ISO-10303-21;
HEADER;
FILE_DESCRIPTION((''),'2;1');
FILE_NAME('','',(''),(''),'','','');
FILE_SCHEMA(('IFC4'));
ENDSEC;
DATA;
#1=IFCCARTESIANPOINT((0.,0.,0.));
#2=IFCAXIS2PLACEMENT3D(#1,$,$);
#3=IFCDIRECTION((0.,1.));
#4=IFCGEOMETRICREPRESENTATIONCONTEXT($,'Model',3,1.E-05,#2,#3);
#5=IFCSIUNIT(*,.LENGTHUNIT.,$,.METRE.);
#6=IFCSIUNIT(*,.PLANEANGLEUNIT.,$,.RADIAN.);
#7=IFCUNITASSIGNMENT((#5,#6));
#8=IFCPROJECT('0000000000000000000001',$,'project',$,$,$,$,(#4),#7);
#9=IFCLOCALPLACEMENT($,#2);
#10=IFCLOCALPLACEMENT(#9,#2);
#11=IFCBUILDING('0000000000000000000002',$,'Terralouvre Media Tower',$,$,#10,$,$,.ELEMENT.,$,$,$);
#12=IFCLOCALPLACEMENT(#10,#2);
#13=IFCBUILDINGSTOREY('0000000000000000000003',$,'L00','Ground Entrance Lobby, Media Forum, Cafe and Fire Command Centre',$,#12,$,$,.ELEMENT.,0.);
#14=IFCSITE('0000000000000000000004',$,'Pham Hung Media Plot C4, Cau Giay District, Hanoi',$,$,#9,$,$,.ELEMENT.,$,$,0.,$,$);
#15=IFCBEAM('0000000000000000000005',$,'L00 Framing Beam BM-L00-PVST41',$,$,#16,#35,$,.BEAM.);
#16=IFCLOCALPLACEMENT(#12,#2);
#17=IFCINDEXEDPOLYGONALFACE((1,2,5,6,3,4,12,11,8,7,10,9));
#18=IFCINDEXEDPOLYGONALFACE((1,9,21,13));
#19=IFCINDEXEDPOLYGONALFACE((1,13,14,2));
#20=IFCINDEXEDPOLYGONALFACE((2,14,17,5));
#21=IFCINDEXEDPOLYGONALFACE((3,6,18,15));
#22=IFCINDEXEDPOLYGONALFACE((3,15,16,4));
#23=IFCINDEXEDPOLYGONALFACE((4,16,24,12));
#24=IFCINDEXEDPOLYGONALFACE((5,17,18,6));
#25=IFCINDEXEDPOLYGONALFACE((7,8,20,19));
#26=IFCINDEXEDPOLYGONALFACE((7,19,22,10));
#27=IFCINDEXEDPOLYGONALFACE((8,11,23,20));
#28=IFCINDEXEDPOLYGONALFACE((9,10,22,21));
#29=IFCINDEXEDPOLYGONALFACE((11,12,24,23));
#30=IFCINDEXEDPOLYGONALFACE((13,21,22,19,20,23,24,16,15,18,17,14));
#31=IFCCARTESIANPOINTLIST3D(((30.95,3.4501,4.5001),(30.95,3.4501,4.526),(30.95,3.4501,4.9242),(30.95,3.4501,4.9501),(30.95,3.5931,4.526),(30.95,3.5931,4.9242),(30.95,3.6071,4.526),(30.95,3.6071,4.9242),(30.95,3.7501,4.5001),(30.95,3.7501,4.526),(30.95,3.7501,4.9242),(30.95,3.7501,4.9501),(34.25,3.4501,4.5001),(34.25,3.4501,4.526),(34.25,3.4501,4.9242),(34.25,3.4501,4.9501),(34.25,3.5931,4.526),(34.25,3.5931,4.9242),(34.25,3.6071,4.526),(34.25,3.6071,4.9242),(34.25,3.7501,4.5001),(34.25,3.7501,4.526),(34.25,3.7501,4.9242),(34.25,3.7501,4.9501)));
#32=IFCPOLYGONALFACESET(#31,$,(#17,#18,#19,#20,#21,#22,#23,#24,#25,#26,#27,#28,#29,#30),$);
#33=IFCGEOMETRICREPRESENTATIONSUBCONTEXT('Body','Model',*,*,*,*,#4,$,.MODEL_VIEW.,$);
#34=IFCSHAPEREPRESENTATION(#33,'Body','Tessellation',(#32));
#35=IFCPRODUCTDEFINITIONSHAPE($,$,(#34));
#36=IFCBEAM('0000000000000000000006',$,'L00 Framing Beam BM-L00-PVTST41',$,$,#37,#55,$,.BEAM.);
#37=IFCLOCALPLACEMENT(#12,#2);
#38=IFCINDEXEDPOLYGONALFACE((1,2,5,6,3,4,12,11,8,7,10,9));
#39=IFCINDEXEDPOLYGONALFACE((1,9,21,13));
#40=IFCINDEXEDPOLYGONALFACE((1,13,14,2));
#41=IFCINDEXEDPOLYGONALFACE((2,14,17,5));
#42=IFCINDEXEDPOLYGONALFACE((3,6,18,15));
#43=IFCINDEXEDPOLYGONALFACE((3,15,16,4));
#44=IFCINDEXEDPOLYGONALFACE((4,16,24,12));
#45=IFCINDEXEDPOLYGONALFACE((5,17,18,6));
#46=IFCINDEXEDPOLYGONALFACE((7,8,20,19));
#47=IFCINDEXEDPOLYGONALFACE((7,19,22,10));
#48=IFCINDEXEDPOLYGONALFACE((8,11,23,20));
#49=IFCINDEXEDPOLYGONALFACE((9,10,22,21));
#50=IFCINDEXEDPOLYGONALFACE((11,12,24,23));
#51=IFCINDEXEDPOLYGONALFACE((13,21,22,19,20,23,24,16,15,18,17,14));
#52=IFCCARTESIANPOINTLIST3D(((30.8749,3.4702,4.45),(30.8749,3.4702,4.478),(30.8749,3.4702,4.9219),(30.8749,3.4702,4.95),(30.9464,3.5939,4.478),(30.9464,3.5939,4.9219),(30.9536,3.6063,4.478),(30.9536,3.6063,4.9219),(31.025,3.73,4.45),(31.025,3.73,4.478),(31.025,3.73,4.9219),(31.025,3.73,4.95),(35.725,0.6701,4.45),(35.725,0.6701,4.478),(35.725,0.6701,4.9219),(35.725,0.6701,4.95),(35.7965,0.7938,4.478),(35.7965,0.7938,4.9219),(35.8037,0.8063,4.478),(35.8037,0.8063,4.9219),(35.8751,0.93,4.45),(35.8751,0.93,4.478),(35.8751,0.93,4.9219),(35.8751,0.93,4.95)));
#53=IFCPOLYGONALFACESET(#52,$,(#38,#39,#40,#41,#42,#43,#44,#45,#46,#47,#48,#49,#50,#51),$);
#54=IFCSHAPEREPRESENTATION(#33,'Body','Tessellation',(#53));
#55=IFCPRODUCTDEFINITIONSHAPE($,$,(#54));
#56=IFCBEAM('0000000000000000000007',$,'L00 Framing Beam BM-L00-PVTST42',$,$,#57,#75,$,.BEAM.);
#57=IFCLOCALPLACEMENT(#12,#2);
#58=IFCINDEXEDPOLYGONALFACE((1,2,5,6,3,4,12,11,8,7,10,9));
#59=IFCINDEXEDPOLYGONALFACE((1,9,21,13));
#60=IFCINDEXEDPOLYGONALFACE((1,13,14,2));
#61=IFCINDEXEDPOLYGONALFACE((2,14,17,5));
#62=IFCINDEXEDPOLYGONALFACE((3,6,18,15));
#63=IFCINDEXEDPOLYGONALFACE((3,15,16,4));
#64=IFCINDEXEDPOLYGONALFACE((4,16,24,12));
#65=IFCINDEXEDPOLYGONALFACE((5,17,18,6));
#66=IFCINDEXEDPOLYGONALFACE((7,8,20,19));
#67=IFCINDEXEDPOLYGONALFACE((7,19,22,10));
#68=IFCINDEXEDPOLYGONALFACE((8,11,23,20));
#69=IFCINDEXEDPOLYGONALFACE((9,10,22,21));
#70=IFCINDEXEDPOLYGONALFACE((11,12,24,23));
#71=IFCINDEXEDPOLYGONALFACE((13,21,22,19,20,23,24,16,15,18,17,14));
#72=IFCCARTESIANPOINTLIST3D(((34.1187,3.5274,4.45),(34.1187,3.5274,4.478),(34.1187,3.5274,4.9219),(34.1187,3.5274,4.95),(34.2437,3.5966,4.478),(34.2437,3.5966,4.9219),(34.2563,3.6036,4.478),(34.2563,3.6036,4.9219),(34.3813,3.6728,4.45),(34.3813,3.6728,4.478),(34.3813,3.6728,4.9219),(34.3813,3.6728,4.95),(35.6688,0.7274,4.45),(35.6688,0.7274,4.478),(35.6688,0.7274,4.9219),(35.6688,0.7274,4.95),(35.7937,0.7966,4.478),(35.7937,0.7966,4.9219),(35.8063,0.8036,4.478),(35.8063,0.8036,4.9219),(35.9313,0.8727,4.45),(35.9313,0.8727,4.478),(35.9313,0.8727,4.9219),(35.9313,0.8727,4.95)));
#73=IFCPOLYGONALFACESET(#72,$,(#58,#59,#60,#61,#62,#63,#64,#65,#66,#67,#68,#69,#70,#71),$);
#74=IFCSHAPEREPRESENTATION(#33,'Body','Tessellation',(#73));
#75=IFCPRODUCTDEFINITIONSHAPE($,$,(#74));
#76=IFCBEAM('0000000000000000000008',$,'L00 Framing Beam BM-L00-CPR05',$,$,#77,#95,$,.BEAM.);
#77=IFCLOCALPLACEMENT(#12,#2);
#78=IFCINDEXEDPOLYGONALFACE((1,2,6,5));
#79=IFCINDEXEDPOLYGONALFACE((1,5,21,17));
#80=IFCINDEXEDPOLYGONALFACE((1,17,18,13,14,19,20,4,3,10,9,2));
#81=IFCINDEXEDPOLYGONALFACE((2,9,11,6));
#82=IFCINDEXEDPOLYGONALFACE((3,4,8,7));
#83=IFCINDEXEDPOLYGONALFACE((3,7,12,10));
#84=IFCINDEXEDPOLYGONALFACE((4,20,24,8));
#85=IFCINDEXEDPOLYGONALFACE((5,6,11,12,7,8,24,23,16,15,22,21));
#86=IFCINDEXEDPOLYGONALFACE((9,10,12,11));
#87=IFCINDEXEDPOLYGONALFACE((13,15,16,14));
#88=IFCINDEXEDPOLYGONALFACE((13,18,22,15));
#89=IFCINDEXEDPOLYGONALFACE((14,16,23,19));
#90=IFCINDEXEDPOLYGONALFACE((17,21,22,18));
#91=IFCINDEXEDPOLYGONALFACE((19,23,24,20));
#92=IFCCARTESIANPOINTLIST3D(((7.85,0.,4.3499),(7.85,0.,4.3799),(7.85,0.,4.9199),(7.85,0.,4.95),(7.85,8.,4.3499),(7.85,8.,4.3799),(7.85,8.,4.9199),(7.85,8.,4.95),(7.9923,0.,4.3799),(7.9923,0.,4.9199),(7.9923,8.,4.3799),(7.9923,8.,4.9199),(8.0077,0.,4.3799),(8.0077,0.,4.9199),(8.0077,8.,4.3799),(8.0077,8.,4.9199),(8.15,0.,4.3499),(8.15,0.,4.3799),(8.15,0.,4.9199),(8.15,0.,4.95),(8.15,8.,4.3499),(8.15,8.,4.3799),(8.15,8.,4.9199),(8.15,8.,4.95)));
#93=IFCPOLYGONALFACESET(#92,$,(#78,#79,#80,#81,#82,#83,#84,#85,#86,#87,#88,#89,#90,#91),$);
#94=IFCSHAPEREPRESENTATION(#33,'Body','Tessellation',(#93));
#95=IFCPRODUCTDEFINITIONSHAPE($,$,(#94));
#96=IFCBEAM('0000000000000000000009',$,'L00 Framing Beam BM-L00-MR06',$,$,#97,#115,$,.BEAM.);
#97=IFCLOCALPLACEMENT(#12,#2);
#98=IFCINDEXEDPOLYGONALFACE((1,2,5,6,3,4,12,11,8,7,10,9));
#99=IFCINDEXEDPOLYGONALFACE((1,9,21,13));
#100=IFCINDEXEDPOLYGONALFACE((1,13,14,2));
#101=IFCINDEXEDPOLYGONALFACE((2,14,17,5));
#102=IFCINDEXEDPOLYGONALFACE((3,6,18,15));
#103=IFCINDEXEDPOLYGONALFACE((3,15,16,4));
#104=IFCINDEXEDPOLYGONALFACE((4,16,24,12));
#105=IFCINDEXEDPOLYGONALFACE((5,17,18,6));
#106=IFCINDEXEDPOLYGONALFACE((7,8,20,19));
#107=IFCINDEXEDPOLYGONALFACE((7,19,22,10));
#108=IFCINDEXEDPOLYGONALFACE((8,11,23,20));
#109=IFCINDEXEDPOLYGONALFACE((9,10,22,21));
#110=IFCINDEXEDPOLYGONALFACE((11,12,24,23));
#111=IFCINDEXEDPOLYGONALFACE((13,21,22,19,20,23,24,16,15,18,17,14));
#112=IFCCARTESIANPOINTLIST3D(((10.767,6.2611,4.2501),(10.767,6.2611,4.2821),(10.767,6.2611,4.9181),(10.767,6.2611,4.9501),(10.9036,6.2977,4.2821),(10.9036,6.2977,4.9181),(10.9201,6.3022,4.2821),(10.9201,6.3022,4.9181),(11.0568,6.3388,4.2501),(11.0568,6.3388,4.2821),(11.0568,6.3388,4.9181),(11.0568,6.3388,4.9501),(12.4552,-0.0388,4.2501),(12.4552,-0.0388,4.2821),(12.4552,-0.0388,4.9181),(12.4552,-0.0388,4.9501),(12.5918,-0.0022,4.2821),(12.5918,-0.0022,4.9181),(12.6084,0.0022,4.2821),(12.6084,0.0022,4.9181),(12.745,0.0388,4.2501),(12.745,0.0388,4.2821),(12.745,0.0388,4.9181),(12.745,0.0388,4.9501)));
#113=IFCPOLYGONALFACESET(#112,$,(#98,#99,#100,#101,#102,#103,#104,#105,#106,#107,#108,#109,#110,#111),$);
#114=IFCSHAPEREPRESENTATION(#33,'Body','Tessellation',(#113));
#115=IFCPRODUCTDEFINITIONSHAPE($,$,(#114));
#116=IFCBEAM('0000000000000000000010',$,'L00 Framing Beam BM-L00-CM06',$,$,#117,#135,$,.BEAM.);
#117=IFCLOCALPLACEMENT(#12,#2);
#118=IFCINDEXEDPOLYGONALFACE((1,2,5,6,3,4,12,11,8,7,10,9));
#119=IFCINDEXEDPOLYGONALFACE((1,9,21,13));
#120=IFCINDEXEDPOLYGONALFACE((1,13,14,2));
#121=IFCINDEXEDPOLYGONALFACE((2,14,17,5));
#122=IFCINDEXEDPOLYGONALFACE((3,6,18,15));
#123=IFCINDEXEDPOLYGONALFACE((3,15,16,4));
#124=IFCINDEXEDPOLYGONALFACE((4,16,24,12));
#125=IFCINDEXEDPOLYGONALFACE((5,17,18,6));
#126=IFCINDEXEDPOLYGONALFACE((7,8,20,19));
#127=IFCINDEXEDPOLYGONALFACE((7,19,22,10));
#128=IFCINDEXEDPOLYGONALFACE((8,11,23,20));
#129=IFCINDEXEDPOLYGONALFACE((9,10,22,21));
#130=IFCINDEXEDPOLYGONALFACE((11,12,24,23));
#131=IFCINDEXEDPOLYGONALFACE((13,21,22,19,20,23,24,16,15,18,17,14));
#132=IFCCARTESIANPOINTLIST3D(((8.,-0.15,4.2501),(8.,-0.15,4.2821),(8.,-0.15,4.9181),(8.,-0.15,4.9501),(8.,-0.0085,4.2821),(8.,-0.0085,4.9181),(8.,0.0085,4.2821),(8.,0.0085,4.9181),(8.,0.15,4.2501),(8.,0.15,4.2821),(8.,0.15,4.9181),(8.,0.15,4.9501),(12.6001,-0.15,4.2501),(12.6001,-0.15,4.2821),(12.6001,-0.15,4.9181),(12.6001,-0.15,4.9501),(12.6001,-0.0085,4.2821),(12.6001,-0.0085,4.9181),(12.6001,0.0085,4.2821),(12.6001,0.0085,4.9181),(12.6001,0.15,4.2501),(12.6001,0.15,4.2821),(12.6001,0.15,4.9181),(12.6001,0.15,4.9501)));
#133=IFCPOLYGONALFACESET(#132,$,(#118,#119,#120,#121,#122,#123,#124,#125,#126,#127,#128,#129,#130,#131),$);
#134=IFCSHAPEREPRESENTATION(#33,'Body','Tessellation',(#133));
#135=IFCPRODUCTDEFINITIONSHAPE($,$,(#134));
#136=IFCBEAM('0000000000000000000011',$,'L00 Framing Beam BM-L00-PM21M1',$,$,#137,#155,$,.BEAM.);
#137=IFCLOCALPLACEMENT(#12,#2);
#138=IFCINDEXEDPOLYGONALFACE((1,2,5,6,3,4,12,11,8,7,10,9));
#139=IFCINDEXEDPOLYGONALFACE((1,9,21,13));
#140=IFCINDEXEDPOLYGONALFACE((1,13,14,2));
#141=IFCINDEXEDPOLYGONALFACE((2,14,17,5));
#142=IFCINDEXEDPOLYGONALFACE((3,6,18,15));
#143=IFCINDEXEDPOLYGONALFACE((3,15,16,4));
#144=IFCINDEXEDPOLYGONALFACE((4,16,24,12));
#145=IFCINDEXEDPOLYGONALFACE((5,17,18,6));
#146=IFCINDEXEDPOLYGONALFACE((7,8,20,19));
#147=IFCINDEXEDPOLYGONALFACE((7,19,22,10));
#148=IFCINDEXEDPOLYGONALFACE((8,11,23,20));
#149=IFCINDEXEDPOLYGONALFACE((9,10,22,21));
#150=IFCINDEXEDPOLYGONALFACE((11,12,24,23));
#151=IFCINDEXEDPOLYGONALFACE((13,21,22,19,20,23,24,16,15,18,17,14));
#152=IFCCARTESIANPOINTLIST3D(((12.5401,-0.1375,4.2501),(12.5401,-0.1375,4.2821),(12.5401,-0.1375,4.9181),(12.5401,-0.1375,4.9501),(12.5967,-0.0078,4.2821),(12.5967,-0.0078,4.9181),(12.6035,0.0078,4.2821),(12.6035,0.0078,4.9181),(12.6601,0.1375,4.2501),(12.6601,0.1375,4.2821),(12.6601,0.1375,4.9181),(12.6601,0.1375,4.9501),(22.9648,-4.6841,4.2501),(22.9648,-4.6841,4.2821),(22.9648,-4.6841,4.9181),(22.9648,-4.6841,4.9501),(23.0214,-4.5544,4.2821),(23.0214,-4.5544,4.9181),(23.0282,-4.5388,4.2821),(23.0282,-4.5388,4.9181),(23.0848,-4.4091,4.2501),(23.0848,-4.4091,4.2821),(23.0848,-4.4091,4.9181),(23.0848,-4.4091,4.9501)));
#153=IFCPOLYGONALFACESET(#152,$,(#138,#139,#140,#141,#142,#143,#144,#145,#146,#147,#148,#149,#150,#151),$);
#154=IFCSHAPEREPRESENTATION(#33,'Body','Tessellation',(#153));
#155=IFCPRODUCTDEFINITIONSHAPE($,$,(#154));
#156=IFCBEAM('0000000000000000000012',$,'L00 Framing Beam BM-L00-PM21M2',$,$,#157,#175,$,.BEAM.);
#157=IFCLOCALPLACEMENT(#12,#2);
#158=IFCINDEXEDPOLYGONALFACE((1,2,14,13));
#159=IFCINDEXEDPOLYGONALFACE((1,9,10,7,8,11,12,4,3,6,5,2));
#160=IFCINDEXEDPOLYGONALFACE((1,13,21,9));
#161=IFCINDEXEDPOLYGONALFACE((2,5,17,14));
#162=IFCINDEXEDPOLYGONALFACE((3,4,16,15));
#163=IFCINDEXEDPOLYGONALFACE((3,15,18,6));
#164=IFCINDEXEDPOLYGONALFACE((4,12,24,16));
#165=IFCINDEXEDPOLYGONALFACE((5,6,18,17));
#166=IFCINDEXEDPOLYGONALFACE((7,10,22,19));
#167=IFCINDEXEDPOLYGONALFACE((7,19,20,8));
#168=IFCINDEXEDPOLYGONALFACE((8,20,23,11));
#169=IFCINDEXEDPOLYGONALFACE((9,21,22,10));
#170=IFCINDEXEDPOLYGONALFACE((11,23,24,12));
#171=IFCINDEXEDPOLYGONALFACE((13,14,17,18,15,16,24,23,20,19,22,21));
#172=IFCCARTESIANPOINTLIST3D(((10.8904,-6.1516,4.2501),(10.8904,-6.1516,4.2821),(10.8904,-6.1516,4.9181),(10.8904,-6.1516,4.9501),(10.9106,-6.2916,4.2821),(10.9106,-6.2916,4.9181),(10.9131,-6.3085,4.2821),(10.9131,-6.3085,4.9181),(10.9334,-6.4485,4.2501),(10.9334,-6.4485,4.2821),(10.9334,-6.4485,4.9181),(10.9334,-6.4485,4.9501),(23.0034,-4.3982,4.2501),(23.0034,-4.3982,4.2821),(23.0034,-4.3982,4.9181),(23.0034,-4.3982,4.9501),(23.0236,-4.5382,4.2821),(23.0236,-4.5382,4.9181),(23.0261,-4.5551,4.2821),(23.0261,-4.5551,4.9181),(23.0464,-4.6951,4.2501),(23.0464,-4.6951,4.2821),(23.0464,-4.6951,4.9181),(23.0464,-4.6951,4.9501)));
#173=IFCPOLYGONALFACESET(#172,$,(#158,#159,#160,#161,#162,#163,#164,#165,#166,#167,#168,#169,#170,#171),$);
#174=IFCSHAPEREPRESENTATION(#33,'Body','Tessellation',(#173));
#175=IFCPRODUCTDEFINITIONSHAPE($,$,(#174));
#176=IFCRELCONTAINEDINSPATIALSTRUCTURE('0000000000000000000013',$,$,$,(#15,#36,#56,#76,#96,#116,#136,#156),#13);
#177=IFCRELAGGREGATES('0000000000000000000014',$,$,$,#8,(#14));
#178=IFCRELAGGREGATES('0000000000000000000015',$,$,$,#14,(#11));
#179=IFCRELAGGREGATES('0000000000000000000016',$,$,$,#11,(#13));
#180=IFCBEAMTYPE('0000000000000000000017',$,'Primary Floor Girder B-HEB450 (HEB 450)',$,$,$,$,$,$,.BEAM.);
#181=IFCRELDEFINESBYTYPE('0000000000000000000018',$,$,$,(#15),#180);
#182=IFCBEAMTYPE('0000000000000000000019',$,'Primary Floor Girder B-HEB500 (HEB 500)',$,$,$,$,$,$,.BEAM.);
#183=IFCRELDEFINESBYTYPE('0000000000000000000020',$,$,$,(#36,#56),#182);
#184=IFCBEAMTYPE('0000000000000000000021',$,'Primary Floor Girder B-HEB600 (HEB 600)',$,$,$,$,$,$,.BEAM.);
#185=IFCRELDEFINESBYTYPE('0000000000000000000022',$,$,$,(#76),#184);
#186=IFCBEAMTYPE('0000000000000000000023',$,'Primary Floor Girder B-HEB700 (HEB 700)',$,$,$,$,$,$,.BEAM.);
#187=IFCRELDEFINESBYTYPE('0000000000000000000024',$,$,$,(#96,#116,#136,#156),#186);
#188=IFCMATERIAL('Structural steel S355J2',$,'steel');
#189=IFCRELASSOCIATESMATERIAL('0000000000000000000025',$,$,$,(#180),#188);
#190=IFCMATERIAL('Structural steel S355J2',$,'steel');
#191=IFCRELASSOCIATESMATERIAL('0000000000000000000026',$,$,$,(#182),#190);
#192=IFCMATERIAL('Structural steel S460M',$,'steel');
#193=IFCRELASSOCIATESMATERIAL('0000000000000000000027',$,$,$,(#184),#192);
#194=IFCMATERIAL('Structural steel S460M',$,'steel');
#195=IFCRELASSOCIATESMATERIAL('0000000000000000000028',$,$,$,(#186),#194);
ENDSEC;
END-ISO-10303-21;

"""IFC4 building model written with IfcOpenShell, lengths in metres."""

from ifc_helpers import new_model, si_unit, direction, frame, origin, origin_2d, place, context, subcontext, project, spatial, i_section, extrude, material, material_profile, profile_set, type_object, element, save


model = new_model("IFC4")

# Units and contexts
model_context = context("Model", 3, precision=1e-05, world=origin(), true_north=direction((0.0, 1.0)))
body_context = subcontext(model_context, "Body", "Model", "MODEL_VIEW")
ifc_project = project(units=[si_unit("LENGTHUNIT", "METRE"), si_unit("PLANEANGLEUNIT", "RADIAN")], contexts=[model_context])

# Site, building, storey
site_placement = place(None, origin())
site = spatial("IfcSite", under=ifc_project, at=site_placement, Name="Pham Hung Media Plot C4, Cau Giay District, Hanoi", CompositionType="ELEMENT", RefElevation=0.0)
building_placement = place(site_placement, origin())
building = spatial("IfcBuilding", under=site, at=building_placement, Name="Terralouvre Media Tower", CompositionType="ELEMENT")
storey_placement = place(building_placement, origin())
storey = spatial("IfcBuildingStorey", under=building, at=storey_placement, Name="L00", Description="Ground Entrance Lobby, Media Forum, Cafe and Fire Command Centre", CompositionType="ELEMENT", Elevation=0.0)

# Beams
ifc_material_1 = material(Name="Structural steel S355J2", Category="steel")
ifc_material_profile_1 = material_profile(ifc_material_1, i_section(OverallWidth=0.3, OverallDepth=0.45, WebThickness=0.0139, FlangeThickness=0.0259, at=origin_2d()), Name="HEB 450")
ifc_profile_set_1 = profile_set([ifc_material_profile_1], Name="Structural steel S355J2")
beam_type_1 = type_object("IfcBeamType", Name="Primary Floor Girder B-HEB450 (HEB 450)", PredefinedType="BEAM", material=ifc_profile_set_1)
beam_1_placement = place(storey_placement, frame((30.95, 3.6001, 4.7251), z_axis=(1.0, 0.0, 0.0), x_axis=(0.0, 1.0, 0.0)))
element("IfcBeam", 1, at=beam_1_placement, inside=storey, type_object=beam_type_1, Name="L00 Framing Beam BM-L00-PVST41", PredefinedType="BEAM", context=body_context, shape_type="SweptSolid", body=[
    extrude(i_section(OverallWidth=0.3, OverallDepth=0.45, WebThickness=0.0139, FlangeThickness=0.0259, at=origin_2d()), origin(), (0.0, 0.0, 1.0), 3.3),
])
ifc_material_2 = material(Name="Structural steel S355J2", Category="steel")
ifc_material_profile_2 = material_profile(ifc_material_2, i_section(OverallWidth=0.3, OverallDepth=0.5, WebThickness=0.0144, FlangeThickness=0.0281, at=origin_2d()), Name="HEB 500")
ifc_profile_set_2 = profile_set([ifc_material_profile_2], Name="Structural steel S355J2")
beam_type_2 = type_object("IfcBeamType", Name="Primary Floor Girder B-HEB500 (HEB 500)", PredefinedType="BEAM", material=ifc_profile_set_2)
beam_2_placement = place(storey_placement, frame((30.95, 3.6001, 4.7), z_axis=(0.866037, -0.499979, 0.0), x_axis=(0.499979, 0.866037, 0.0)))
element("IfcBeam", 2, at=beam_2_placement, inside=storey, type_object=beam_type_2, Name="L00 Framing Beam BM-L00-PVTST41", PredefinedType="BEAM", context=body_context, shape_type="SweptSolid", body=[
    extrude(i_section(OverallWidth=0.3, OverallDepth=0.5, WebThickness=0.0144, FlangeThickness=0.0281, at=origin_2d()), origin(), (0.0, 0.0, 1.0), 5.6003),
])
beam_3_placement = place(storey_placement, frame((34.25, 3.6001, 4.7), z_axis=(0.484321, -0.87489, 0.0), x_axis=(0.87489, 0.484321, 0.0)))
element("IfcBeam", 3, at=beam_3_placement, inside=storey, type_object=beam_type_2, Name="L00 Framing Beam BM-L00-PVTST42", PredefinedType="BEAM", context=body_context, shape_type="SweptSolid", body=[
    extrude(i_section(OverallWidth=0.3, OverallDepth=0.5, WebThickness=0.0144, FlangeThickness=0.0281, at=origin_2d()), origin(), (0.0, 0.0, 1.0), 3.2004),
])
ifc_material_3 = material(Name="Structural steel S460M", Category="steel")
ifc_material_profile_3 = material_profile(ifc_material_3, i_section(OverallWidth=0.3, OverallDepth=0.6001, WebThickness=0.0154, FlangeThickness=0.03, at=origin_2d()), Name="HEB 600")
ifc_profile_set_3 = profile_set([ifc_material_profile_3], Name="Structural steel S460M")
beam_type_3 = type_object("IfcBeamType", Name="Primary Floor Girder B-HEB600 (HEB 600)", PredefinedType="BEAM", material=ifc_profile_set_3)
beam_4_placement = place(storey_placement, frame((8.0, 0.0, 4.6499), z_axis=(0.0, 1.0, 0.0), x_axis=(-1.0, 0.0, 0.0)))
element("IfcBeam", 4, at=beam_4_placement, inside=storey, type_object=beam_type_3, Name="L00 Framing Beam BM-L00-CPR05", PredefinedType="BEAM", context=body_context, shape_type="SweptSolid", body=[
    extrude(i_section(OverallWidth=0.3, OverallDepth=0.6001, WebThickness=0.0154, FlangeThickness=0.03, at=origin_2d()), origin(), (0.0, 0.0, 1.0), 8.0),
])
ifc_material_4 = material(Name="Structural steel S460M", Category="steel")
ifc_material_profile_4 = material_profile(ifc_material_4, i_section(OverallWidth=0.3, OverallDepth=0.7, WebThickness=0.0171, FlangeThickness=0.032, at=origin_2d()), Name="HEB 700")
ifc_profile_set_4 = profile_set([ifc_material_profile_4], Name="Structural steel S460M")
beam_type_4 = type_object("IfcBeamType", Name="Primary Floor Girder B-HEB700 (HEB 700)", PredefinedType="BEAM", material=ifc_profile_set_4)
beam_5_placement = place(storey_placement, frame((12.6001, 0.0, 4.6001), z_axis=(-0.258839, 0.96592, 0.0), x_axis=(-0.96592, -0.258839, 0.0)))
element("IfcBeam", 5, at=beam_5_placement, inside=storey, type_object=beam_type_4, Name="L00 Framing Beam BM-L00-MR06", PredefinedType="BEAM", context=body_context, shape_type="SweptSolid", body=[
    extrude(i_section(OverallWidth=0.3, OverallDepth=0.7, WebThickness=0.0171, FlangeThickness=0.032, at=origin_2d()), origin(), (0.0, 0.0, 1.0), 6.5222),
])
beam_6_placement = place(storey_placement, frame((8.0, 0.0, 4.6001), z_axis=(1.0, 0.0, 0.0), x_axis=(0.0, 1.0, 0.0)))
element("IfcBeam", 6, at=beam_6_placement, inside=storey, type_object=beam_type_4, Name="L00 Framing Beam BM-L00-CM06", PredefinedType="BEAM", context=body_context, shape_type="SweptSolid", body=[
    extrude(i_section(OverallWidth=0.3, OverallDepth=0.7, WebThickness=0.0171, FlangeThickness=0.032, at=origin_2d()), origin(), (0.0, 0.0, 1.0), 4.6001),
])
beam_7_placement = place(storey_placement, frame((12.6001, 0.0, 4.6001), z_axis=(0.916616, -0.399769, 0.0), x_axis=(0.399769, 0.916616, 0.0)))
element("IfcBeam", 7, at=beam_7_placement, inside=storey, type_object=beam_type_4, Name="L00 Framing Beam BM-L00-PM21M1", PredefinedType="BEAM", context=body_context, shape_type="SweptSolid", body=[
    extrude(i_section(OverallWidth=0.3, OverallDepth=0.7, WebThickness=0.0171, FlangeThickness=0.032, at=origin_2d()), origin(), (0.0, 0.0, 1.0), 11.373),
])
beam_8_placement = place(storey_placement, frame((10.9119, -6.3, 4.6001), z_axis=(0.989685, 0.143261, 0.0), x_axis=(-0.143261, 0.989685, 0.0)))
element("IfcBeam", 8, at=beam_8_placement, inside=storey, type_object=beam_type_4, Name="L00 Framing Beam BM-L00-PM21M2", PredefinedType="BEAM", context=body_context, shape_type="SweptSolid", body=[
    extrude(i_section(OverallWidth=0.3, OverallDepth=0.7, WebThickness=0.0171, FlangeThickness=0.032, at=origin_2d()), origin(), (0.0, 0.0, 1.0), 12.2393),
])

save(model, "model.ifc")
